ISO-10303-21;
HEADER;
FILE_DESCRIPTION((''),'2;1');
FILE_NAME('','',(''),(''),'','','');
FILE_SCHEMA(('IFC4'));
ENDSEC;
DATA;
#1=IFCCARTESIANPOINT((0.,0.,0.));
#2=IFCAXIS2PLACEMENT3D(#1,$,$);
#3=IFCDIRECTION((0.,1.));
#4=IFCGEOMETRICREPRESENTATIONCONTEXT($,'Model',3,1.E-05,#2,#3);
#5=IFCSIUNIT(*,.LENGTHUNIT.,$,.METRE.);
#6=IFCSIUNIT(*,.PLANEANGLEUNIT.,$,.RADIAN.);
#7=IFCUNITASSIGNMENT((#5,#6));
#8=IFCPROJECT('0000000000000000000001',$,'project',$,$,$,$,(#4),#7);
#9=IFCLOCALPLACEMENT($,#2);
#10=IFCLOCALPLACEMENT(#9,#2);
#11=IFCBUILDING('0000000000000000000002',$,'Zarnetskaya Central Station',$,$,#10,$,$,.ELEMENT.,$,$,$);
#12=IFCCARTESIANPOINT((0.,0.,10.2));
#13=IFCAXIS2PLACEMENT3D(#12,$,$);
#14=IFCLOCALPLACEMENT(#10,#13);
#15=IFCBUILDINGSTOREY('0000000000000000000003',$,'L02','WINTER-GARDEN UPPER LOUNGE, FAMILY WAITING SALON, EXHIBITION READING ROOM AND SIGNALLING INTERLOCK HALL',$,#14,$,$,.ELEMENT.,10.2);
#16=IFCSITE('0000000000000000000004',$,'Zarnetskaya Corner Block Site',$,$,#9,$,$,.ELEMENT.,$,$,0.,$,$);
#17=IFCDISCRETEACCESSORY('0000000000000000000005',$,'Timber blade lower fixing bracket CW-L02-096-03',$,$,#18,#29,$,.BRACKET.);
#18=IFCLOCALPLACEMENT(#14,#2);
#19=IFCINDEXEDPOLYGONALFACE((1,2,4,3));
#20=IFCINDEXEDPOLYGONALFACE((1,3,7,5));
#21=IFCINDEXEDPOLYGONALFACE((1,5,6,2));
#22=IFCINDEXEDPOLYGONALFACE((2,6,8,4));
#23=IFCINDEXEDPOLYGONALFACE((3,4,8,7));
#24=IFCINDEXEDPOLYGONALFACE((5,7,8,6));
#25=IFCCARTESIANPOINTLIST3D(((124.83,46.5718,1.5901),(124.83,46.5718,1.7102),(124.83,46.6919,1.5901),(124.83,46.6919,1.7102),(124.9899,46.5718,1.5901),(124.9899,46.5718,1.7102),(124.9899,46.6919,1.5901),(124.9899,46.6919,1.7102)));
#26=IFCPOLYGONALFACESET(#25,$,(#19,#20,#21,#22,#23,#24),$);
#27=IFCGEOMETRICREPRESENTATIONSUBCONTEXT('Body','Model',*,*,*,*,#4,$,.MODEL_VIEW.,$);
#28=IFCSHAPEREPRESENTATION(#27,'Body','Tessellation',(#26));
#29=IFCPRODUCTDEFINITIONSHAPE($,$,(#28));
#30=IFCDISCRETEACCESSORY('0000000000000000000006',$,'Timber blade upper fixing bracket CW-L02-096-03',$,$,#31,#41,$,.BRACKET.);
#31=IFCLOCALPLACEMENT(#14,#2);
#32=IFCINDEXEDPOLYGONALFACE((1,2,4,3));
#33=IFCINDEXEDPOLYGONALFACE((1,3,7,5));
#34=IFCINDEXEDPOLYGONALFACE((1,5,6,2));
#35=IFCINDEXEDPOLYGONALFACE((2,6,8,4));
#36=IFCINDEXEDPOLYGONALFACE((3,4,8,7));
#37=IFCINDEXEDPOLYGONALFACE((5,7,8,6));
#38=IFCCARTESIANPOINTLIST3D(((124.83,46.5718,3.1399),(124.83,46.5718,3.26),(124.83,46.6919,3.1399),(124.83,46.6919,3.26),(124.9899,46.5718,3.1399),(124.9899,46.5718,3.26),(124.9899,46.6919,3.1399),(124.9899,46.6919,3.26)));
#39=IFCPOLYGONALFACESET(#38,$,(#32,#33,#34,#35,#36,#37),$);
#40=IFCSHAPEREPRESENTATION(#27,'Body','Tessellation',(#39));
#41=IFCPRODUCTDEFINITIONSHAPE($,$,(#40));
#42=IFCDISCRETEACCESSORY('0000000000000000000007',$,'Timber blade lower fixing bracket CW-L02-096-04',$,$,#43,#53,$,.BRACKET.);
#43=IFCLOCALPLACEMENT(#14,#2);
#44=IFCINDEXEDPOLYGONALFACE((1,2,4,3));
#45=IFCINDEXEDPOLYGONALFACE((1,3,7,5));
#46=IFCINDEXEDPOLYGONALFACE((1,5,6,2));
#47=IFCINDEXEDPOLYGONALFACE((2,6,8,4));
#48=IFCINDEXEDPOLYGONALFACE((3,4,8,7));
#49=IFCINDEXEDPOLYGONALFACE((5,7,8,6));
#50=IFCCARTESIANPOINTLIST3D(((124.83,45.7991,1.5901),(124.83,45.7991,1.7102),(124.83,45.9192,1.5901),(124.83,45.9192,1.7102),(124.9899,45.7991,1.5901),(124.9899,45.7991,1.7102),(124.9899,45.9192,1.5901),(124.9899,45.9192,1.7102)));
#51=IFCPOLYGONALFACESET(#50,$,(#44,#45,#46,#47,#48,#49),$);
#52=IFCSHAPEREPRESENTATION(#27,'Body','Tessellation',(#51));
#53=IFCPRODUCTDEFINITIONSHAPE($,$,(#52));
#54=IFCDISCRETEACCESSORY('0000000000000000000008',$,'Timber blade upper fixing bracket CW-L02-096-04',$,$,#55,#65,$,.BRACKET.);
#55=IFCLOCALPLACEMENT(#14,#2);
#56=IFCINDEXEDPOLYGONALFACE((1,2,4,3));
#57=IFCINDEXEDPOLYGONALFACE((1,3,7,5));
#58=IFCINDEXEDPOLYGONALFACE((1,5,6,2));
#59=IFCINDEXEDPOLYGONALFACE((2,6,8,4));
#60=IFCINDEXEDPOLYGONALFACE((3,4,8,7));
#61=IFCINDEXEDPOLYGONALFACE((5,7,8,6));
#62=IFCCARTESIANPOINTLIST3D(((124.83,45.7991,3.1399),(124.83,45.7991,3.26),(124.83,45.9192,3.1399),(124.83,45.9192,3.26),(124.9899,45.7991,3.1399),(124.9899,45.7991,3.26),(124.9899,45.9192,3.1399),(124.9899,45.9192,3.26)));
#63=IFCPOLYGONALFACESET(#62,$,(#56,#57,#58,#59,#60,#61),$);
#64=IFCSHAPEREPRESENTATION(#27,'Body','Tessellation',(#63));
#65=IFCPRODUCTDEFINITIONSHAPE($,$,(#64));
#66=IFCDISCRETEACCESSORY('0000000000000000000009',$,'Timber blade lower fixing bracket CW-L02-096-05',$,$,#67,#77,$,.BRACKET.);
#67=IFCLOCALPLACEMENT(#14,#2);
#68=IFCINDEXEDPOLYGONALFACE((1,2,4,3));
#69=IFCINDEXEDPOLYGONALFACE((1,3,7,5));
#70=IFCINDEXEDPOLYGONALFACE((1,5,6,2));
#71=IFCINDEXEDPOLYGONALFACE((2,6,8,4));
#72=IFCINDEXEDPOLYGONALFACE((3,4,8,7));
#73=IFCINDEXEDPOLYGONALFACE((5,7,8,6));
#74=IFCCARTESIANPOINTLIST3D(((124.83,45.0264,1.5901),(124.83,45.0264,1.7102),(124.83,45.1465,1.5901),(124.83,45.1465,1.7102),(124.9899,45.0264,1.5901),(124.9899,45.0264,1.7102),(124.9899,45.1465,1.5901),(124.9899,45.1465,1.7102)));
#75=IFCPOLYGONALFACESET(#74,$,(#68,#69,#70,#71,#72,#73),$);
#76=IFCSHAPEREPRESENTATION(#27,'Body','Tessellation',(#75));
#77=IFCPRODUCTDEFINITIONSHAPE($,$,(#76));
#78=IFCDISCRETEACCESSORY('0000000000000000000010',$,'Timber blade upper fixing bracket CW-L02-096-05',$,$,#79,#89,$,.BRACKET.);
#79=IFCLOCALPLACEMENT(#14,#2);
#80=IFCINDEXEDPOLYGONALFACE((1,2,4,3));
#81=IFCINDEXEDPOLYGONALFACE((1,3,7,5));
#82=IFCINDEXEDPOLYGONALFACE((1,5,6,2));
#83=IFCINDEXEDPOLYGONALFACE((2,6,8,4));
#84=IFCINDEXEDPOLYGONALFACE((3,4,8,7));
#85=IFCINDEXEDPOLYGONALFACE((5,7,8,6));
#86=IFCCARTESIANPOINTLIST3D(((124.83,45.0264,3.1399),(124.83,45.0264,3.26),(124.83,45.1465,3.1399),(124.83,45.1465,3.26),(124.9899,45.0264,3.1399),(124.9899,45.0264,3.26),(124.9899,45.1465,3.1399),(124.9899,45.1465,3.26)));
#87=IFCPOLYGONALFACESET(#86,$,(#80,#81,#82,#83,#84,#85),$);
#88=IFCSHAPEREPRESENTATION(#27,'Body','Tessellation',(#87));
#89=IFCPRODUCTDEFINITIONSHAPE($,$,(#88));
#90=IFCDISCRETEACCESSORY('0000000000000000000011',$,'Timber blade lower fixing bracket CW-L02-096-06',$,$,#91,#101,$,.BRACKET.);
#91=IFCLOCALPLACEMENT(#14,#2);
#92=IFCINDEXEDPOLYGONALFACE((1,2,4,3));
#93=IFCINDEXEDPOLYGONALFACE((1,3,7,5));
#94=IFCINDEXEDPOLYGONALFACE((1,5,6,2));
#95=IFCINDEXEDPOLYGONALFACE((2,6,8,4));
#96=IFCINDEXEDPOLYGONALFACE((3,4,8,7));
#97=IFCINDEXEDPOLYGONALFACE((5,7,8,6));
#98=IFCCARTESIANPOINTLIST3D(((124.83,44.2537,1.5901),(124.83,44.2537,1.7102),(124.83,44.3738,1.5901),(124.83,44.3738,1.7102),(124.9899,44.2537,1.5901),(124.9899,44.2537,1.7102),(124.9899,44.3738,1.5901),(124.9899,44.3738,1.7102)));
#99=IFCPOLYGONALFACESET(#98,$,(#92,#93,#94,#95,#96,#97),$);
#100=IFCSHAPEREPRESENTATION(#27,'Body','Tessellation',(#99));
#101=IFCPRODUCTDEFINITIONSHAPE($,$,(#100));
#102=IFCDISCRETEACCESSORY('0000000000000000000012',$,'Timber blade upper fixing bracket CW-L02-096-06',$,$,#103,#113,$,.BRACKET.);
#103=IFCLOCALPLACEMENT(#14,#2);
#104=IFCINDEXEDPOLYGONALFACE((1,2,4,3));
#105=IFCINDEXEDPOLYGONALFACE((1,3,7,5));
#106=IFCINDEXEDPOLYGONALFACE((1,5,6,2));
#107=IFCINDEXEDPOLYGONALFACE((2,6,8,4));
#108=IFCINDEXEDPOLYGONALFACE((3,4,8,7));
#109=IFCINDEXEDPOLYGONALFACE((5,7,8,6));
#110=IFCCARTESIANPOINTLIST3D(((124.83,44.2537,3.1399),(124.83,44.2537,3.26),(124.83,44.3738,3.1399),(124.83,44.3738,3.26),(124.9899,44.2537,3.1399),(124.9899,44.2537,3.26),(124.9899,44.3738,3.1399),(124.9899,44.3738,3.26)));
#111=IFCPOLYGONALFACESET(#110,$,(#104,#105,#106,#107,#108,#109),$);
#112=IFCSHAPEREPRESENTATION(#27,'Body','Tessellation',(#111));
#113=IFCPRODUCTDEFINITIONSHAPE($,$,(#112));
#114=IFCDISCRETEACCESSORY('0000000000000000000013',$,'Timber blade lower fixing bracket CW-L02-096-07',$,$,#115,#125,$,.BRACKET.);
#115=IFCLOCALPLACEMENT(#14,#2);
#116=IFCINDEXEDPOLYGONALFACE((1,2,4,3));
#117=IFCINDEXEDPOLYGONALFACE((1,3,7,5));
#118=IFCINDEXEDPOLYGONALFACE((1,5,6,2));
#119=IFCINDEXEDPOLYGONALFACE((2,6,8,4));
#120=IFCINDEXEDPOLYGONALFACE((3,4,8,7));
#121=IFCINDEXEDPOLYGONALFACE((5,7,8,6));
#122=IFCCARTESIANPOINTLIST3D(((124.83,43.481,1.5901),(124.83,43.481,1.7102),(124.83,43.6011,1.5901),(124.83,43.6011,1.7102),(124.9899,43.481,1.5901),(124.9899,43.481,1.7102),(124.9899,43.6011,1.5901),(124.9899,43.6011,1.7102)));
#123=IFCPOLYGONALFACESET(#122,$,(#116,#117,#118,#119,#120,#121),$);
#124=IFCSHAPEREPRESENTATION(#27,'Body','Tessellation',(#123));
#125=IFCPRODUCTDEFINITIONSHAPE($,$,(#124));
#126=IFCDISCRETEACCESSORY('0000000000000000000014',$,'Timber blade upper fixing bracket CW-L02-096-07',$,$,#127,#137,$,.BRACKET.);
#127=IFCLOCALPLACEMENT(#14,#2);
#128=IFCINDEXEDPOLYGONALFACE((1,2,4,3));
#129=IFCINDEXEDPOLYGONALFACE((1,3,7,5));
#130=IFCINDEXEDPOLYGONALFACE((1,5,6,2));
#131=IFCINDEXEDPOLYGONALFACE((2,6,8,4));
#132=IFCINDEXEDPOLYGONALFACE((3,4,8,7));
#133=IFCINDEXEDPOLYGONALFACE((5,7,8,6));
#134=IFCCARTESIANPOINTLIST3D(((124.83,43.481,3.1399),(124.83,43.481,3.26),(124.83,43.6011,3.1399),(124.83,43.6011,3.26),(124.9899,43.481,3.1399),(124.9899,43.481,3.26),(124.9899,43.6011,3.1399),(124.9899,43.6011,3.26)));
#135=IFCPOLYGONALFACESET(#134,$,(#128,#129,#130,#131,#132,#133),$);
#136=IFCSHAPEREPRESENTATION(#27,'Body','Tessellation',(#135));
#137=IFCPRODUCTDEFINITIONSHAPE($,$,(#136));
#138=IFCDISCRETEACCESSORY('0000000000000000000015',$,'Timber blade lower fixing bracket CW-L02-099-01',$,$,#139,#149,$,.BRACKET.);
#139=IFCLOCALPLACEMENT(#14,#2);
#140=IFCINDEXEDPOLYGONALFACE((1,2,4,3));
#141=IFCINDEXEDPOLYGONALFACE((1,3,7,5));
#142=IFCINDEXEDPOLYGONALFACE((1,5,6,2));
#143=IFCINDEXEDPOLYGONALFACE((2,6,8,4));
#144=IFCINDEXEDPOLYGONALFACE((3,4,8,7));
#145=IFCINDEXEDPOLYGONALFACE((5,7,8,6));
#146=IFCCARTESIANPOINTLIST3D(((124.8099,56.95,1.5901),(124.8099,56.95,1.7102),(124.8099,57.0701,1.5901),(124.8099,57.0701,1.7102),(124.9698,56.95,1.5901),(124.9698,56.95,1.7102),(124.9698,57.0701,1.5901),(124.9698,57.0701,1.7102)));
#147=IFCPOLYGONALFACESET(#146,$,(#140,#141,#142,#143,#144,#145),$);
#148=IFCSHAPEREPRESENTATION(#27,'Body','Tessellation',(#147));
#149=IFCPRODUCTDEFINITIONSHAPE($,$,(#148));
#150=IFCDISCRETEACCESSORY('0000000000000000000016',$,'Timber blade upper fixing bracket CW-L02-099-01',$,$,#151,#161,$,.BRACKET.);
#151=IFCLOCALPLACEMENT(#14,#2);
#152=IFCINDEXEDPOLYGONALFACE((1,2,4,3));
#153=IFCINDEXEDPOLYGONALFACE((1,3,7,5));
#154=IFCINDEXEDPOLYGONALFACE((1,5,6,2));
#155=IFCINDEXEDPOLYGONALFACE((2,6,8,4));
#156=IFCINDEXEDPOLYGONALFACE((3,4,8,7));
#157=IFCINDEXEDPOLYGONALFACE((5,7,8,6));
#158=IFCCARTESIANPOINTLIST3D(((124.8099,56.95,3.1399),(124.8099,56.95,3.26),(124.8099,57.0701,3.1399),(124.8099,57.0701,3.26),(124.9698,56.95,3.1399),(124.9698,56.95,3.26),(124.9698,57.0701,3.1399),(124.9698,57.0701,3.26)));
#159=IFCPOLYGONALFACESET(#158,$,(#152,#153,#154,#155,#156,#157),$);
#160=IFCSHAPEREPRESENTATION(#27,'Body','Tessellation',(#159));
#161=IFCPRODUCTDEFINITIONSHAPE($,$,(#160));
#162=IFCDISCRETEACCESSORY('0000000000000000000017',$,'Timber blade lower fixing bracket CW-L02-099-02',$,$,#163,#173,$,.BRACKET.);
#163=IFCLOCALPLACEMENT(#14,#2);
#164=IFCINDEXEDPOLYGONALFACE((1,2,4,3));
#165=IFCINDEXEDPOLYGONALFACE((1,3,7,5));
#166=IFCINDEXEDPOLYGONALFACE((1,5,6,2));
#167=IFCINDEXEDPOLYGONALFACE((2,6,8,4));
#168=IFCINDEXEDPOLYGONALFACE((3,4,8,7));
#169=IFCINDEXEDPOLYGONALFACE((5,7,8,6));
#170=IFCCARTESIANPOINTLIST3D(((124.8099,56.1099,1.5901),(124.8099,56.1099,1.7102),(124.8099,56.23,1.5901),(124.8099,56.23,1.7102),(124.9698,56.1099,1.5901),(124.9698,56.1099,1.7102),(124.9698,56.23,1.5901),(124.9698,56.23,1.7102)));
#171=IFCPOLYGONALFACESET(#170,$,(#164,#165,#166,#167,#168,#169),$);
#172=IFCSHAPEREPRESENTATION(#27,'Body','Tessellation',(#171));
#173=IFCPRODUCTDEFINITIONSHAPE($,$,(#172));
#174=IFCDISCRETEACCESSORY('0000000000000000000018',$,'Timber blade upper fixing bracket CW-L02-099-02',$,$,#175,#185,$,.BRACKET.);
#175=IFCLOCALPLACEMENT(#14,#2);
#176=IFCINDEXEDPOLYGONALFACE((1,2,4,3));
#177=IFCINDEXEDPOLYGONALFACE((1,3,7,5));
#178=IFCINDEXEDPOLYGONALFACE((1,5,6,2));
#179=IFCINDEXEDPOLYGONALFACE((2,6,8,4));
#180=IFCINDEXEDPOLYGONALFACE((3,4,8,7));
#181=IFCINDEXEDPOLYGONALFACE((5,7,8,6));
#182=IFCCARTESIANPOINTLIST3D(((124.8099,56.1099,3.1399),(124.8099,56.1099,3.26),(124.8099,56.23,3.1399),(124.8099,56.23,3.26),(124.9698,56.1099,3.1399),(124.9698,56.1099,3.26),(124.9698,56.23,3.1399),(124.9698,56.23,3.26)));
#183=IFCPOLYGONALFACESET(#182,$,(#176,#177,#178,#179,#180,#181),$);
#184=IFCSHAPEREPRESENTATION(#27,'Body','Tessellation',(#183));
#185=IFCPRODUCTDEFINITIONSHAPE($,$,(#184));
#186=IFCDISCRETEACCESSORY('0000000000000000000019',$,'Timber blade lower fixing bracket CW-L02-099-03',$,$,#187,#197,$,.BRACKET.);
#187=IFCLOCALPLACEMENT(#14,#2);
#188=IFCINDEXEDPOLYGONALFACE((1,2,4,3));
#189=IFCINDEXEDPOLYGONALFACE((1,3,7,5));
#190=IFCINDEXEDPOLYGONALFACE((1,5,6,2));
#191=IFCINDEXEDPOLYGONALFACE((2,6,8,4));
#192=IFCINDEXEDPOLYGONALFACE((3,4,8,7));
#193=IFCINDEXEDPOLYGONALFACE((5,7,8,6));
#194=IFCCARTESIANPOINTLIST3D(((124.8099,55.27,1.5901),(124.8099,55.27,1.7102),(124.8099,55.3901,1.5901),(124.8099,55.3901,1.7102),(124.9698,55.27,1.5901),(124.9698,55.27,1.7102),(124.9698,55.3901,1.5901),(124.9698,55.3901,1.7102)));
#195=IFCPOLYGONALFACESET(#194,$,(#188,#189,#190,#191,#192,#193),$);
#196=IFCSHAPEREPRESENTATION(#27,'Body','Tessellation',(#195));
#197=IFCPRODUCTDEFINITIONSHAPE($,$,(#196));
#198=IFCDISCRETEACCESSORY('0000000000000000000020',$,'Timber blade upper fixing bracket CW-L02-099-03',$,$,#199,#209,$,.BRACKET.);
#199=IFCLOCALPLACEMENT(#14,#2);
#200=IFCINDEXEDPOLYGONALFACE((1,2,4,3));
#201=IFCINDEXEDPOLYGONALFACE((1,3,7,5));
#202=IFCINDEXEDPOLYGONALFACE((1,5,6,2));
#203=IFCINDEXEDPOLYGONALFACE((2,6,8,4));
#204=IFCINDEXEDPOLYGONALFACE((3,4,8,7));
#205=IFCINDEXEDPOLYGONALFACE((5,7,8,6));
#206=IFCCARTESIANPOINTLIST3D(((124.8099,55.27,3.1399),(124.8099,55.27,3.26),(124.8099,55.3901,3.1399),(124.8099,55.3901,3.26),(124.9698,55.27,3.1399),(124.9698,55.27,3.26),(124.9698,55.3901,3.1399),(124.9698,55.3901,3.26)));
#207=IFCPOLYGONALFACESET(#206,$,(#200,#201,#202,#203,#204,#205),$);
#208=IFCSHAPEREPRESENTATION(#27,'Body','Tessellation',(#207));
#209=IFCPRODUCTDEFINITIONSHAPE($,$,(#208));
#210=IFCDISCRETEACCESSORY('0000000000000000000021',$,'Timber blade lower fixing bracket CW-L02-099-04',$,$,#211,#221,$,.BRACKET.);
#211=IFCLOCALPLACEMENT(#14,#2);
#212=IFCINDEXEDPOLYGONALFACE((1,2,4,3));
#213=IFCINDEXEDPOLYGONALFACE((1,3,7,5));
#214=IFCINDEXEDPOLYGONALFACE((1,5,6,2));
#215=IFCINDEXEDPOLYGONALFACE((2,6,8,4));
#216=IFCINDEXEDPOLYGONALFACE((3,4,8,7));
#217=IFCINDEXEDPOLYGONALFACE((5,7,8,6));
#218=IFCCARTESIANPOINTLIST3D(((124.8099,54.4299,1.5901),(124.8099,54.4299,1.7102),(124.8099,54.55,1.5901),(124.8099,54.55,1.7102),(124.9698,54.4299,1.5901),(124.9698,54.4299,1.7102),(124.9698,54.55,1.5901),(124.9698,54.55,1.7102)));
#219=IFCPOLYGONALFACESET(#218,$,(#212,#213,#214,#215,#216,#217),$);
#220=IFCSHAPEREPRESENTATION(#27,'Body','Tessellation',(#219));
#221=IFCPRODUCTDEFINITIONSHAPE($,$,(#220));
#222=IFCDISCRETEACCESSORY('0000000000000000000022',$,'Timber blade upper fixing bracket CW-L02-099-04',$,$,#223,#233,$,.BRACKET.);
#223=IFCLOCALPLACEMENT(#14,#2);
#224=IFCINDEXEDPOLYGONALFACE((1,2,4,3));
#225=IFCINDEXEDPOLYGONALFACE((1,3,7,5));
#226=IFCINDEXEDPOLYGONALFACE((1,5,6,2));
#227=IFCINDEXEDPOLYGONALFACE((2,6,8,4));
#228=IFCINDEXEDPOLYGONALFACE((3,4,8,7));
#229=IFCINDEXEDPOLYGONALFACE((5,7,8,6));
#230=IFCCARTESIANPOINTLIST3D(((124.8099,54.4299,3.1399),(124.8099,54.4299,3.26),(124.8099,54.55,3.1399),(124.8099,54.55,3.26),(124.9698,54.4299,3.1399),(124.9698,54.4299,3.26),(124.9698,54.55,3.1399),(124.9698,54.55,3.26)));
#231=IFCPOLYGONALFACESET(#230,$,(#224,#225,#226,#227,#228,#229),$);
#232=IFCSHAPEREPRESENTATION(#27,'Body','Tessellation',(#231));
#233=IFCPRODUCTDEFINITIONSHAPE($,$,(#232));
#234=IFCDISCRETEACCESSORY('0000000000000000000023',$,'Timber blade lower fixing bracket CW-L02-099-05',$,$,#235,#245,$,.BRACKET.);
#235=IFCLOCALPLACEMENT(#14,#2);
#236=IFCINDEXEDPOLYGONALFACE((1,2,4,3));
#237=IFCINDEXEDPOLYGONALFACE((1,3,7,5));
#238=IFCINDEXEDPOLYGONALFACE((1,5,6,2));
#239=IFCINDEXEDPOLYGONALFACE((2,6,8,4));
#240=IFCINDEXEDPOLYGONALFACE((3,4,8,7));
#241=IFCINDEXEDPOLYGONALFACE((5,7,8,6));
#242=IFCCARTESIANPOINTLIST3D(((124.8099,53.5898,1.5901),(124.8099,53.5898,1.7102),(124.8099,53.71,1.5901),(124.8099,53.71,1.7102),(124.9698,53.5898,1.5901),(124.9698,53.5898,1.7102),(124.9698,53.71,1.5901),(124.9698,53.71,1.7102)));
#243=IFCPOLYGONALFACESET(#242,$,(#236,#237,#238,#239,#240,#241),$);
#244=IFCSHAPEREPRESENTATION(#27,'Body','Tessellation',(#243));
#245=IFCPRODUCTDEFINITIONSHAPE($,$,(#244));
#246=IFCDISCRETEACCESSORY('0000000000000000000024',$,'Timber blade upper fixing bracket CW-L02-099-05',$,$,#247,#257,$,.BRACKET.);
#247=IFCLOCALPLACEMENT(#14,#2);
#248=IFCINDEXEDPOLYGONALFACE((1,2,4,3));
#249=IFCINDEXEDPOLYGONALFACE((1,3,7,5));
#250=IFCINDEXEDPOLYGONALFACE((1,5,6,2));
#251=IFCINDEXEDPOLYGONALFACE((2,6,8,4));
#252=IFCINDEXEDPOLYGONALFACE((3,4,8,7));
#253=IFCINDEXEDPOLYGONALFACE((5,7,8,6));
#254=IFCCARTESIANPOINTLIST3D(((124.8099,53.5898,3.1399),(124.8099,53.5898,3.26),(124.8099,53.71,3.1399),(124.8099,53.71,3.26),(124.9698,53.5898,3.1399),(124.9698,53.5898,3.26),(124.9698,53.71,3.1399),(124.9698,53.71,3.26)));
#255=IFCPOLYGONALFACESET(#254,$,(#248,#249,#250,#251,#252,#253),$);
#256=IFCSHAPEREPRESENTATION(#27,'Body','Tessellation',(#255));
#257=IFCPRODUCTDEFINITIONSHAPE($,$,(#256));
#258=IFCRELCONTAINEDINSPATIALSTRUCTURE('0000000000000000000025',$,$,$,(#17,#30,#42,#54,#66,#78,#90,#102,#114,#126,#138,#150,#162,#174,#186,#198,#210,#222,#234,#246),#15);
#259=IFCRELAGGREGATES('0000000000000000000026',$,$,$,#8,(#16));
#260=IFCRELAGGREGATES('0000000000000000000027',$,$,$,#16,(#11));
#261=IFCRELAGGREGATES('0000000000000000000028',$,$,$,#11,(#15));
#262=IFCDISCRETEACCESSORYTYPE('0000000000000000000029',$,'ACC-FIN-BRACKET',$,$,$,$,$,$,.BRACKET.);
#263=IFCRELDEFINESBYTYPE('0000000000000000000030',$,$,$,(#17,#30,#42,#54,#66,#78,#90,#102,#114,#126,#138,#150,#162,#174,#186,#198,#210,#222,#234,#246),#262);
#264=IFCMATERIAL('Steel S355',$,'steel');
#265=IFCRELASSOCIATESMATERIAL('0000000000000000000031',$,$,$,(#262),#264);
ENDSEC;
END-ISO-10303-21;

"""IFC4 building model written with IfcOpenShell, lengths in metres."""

from ifc_helpers import new_model, si_unit, direction, frame, origin, origin_2d, place, context, subcontext, project, spatial, rectangle, extrude, material, type_object, element, save


model = new_model("IFC4")

# Units and contexts
model_context = context("Model", 3, precision=1e-05, world=origin(), true_north=direction((0.0, 1.0)))
body_context = subcontext(model_context, "Body", "Model", "MODEL_VIEW")
ifc_project = project(units=[si_unit("LENGTHUNIT", "METRE"), si_unit("PLANEANGLEUNIT", "RADIAN")], contexts=[model_context])

# Site, building, storey
site_placement = place(None, origin())
site = spatial("IfcSite", under=ifc_project, at=site_placement, Name="Zarnetskaya Corner Block Site", CompositionType="ELEMENT", RefElevation=0.0)
building_placement = place(site_placement, origin())
building = spatial("IfcBuilding", under=site, at=building_placement, Name="Zarnetskaya Central Station", CompositionType="ELEMENT")
storey_placement = place(building_placement, frame((0.0, 0.0, 10.2)))
storey = spatial("IfcBuildingStorey", under=building, at=storey_placement, Name="L02", Description="WINTER-GARDEN UPPER LOUNGE, FAMILY WAITING SALON, EXHIBITION READING ROOM AND SIGNALLING INTERLOCK HALL", CompositionType="ELEMENT", Elevation=10.2)

# Discrete accessories
ifc_material = material(Name="Steel S355", Category="steel")
discrete_accessory_type = type_object("IfcDiscreteAccessoryType", Name="ACC-FIN-BRACKET", PredefinedType="BRACKET", material=ifc_material)
for number, where, z_axis, x_axis, name in (
    (1, (124.9099, 46.6318, 1.5901), (0.0, 0.0, 1.0), (0.0, -1.0, 0.0), "Timber blade lower fixing bracket CW-L02-096-03"),
    (2, (124.9099, 46.6318, 3.1399), (0.0, 0.0, 1.0), (0.0, -1.0, 0.0), "Timber blade upper fixing bracket CW-L02-096-03"),
    (3, (124.9099, 45.8591, 1.5901), (0.0, 0.0, 1.0), (0.0, -1.0, 0.0), "Timber blade lower fixing bracket CW-L02-096-04"),
    (4, (124.9099, 45.8591, 3.1399), (0.0, 0.0, 1.0), (0.0, -1.0, 0.0), "Timber blade upper fixing bracket CW-L02-096-04"),
    (5, (124.9099, 45.0864, 1.5901), (0.0, 0.0, 1.0), (0.0, -1.0, 0.0), "Timber blade lower fixing bracket CW-L02-096-05"),
    (6, (124.9099, 45.0864, 3.1399), (0.0, 0.0, 1.0), (0.0, -1.0, 0.0), "Timber blade upper fixing bracket CW-L02-096-05"),
    (7, (124.9099, 44.3137, 1.5901), (0.0, 0.0, 1.0), (0.0, -1.0, 0.0), "Timber blade lower fixing bracket CW-L02-096-06"),
    (8, (124.9099, 44.3137, 3.1399), (0.0, 0.0, 1.0), (0.0, -1.0, 0.0), "Timber blade upper fixing bracket CW-L02-096-06"),
    (9, (124.9099, 43.541, 1.5901), (0.0, 0.0, 1.0), (0.0, -1.0, 0.0), "Timber blade lower fixing bracket CW-L02-096-07"),
    (10, (124.9099, 43.541, 3.1399), (0.0, 0.0, 1.0), (0.0, -1.0, 0.0), "Timber blade upper fixing bracket CW-L02-096-07"),
    (11, (124.8899, 57.01, 1.5901), (0.0, 0.0, 1.0), (0.0, -1.0, 0.0), "Timber blade lower fixing bracket CW-L02-099-01"),
    (12, (124.8899, 57.01, 3.1399), (0.0, 0.0, 1.0), (0.0, -1.0, 0.0), "Timber blade upper fixing bracket CW-L02-099-01"),
    (13, (124.8899, 56.1699, 1.5901), (0.0, 0.0, 1.0), (0.0, -1.0, 0.0), "Timber blade lower fixing bracket CW-L02-099-02"),
    (14, (124.8899, 56.1699, 3.1399), (0.0, 0.0, 1.0), (0.0, -1.0, 0.0), "Timber blade upper fixing bracket CW-L02-099-02"),
    (15, (124.8899, 55.3301, 1.5901), (0.0, 0.0, 1.0), (0.0, -1.0, 0.0), "Timber blade lower fixing bracket CW-L02-099-03"),
    (16, (124.8899, 55.3301, 3.1399), (0.0, 0.0, 1.0), (0.0, -1.0, 0.0), "Timber blade upper fixing bracket CW-L02-099-03"),
    (17, (124.8899, 54.49, 1.5901), (0.0, 0.0, 1.0), (0.0, -1.0, 0.0), "Timber blade lower fixing bracket CW-L02-099-04"),
    (18, (124.8899, 54.49, 3.1399), (0.0, 0.0, 1.0), (0.0, -1.0, 0.0), "Timber blade upper fixing bracket CW-L02-099-04"),
    (19, (124.8899, 53.6499, 1.5901), (0.0, 0.0, 1.0), (0.0, -1.0, 0.0), "Timber blade lower fixing bracket CW-L02-099-05"),
    (20, (124.8899, 53.6499, 3.1399), (0.0, 0.0, 1.0), (0.0, -1.0, 0.0), "Timber blade upper fixing bracket CW-L02-099-05"),
):
    element("IfcDiscreteAccessory", number, at=place(storey_placement, frame(where, z_axis=z_axis, x_axis=x_axis)), inside=storey, type_object=discrete_accessory_type, Name=name, PredefinedType="BRACKET", context=body_context, shape_type="SweptSolid", body=[
        extrude(rectangle(XDim=0.1201, YDim=0.1599, at=origin_2d()), origin(), (0.0, 0.0, 1.0), 0.1201),
    ])

save(model, "model.ifc")
